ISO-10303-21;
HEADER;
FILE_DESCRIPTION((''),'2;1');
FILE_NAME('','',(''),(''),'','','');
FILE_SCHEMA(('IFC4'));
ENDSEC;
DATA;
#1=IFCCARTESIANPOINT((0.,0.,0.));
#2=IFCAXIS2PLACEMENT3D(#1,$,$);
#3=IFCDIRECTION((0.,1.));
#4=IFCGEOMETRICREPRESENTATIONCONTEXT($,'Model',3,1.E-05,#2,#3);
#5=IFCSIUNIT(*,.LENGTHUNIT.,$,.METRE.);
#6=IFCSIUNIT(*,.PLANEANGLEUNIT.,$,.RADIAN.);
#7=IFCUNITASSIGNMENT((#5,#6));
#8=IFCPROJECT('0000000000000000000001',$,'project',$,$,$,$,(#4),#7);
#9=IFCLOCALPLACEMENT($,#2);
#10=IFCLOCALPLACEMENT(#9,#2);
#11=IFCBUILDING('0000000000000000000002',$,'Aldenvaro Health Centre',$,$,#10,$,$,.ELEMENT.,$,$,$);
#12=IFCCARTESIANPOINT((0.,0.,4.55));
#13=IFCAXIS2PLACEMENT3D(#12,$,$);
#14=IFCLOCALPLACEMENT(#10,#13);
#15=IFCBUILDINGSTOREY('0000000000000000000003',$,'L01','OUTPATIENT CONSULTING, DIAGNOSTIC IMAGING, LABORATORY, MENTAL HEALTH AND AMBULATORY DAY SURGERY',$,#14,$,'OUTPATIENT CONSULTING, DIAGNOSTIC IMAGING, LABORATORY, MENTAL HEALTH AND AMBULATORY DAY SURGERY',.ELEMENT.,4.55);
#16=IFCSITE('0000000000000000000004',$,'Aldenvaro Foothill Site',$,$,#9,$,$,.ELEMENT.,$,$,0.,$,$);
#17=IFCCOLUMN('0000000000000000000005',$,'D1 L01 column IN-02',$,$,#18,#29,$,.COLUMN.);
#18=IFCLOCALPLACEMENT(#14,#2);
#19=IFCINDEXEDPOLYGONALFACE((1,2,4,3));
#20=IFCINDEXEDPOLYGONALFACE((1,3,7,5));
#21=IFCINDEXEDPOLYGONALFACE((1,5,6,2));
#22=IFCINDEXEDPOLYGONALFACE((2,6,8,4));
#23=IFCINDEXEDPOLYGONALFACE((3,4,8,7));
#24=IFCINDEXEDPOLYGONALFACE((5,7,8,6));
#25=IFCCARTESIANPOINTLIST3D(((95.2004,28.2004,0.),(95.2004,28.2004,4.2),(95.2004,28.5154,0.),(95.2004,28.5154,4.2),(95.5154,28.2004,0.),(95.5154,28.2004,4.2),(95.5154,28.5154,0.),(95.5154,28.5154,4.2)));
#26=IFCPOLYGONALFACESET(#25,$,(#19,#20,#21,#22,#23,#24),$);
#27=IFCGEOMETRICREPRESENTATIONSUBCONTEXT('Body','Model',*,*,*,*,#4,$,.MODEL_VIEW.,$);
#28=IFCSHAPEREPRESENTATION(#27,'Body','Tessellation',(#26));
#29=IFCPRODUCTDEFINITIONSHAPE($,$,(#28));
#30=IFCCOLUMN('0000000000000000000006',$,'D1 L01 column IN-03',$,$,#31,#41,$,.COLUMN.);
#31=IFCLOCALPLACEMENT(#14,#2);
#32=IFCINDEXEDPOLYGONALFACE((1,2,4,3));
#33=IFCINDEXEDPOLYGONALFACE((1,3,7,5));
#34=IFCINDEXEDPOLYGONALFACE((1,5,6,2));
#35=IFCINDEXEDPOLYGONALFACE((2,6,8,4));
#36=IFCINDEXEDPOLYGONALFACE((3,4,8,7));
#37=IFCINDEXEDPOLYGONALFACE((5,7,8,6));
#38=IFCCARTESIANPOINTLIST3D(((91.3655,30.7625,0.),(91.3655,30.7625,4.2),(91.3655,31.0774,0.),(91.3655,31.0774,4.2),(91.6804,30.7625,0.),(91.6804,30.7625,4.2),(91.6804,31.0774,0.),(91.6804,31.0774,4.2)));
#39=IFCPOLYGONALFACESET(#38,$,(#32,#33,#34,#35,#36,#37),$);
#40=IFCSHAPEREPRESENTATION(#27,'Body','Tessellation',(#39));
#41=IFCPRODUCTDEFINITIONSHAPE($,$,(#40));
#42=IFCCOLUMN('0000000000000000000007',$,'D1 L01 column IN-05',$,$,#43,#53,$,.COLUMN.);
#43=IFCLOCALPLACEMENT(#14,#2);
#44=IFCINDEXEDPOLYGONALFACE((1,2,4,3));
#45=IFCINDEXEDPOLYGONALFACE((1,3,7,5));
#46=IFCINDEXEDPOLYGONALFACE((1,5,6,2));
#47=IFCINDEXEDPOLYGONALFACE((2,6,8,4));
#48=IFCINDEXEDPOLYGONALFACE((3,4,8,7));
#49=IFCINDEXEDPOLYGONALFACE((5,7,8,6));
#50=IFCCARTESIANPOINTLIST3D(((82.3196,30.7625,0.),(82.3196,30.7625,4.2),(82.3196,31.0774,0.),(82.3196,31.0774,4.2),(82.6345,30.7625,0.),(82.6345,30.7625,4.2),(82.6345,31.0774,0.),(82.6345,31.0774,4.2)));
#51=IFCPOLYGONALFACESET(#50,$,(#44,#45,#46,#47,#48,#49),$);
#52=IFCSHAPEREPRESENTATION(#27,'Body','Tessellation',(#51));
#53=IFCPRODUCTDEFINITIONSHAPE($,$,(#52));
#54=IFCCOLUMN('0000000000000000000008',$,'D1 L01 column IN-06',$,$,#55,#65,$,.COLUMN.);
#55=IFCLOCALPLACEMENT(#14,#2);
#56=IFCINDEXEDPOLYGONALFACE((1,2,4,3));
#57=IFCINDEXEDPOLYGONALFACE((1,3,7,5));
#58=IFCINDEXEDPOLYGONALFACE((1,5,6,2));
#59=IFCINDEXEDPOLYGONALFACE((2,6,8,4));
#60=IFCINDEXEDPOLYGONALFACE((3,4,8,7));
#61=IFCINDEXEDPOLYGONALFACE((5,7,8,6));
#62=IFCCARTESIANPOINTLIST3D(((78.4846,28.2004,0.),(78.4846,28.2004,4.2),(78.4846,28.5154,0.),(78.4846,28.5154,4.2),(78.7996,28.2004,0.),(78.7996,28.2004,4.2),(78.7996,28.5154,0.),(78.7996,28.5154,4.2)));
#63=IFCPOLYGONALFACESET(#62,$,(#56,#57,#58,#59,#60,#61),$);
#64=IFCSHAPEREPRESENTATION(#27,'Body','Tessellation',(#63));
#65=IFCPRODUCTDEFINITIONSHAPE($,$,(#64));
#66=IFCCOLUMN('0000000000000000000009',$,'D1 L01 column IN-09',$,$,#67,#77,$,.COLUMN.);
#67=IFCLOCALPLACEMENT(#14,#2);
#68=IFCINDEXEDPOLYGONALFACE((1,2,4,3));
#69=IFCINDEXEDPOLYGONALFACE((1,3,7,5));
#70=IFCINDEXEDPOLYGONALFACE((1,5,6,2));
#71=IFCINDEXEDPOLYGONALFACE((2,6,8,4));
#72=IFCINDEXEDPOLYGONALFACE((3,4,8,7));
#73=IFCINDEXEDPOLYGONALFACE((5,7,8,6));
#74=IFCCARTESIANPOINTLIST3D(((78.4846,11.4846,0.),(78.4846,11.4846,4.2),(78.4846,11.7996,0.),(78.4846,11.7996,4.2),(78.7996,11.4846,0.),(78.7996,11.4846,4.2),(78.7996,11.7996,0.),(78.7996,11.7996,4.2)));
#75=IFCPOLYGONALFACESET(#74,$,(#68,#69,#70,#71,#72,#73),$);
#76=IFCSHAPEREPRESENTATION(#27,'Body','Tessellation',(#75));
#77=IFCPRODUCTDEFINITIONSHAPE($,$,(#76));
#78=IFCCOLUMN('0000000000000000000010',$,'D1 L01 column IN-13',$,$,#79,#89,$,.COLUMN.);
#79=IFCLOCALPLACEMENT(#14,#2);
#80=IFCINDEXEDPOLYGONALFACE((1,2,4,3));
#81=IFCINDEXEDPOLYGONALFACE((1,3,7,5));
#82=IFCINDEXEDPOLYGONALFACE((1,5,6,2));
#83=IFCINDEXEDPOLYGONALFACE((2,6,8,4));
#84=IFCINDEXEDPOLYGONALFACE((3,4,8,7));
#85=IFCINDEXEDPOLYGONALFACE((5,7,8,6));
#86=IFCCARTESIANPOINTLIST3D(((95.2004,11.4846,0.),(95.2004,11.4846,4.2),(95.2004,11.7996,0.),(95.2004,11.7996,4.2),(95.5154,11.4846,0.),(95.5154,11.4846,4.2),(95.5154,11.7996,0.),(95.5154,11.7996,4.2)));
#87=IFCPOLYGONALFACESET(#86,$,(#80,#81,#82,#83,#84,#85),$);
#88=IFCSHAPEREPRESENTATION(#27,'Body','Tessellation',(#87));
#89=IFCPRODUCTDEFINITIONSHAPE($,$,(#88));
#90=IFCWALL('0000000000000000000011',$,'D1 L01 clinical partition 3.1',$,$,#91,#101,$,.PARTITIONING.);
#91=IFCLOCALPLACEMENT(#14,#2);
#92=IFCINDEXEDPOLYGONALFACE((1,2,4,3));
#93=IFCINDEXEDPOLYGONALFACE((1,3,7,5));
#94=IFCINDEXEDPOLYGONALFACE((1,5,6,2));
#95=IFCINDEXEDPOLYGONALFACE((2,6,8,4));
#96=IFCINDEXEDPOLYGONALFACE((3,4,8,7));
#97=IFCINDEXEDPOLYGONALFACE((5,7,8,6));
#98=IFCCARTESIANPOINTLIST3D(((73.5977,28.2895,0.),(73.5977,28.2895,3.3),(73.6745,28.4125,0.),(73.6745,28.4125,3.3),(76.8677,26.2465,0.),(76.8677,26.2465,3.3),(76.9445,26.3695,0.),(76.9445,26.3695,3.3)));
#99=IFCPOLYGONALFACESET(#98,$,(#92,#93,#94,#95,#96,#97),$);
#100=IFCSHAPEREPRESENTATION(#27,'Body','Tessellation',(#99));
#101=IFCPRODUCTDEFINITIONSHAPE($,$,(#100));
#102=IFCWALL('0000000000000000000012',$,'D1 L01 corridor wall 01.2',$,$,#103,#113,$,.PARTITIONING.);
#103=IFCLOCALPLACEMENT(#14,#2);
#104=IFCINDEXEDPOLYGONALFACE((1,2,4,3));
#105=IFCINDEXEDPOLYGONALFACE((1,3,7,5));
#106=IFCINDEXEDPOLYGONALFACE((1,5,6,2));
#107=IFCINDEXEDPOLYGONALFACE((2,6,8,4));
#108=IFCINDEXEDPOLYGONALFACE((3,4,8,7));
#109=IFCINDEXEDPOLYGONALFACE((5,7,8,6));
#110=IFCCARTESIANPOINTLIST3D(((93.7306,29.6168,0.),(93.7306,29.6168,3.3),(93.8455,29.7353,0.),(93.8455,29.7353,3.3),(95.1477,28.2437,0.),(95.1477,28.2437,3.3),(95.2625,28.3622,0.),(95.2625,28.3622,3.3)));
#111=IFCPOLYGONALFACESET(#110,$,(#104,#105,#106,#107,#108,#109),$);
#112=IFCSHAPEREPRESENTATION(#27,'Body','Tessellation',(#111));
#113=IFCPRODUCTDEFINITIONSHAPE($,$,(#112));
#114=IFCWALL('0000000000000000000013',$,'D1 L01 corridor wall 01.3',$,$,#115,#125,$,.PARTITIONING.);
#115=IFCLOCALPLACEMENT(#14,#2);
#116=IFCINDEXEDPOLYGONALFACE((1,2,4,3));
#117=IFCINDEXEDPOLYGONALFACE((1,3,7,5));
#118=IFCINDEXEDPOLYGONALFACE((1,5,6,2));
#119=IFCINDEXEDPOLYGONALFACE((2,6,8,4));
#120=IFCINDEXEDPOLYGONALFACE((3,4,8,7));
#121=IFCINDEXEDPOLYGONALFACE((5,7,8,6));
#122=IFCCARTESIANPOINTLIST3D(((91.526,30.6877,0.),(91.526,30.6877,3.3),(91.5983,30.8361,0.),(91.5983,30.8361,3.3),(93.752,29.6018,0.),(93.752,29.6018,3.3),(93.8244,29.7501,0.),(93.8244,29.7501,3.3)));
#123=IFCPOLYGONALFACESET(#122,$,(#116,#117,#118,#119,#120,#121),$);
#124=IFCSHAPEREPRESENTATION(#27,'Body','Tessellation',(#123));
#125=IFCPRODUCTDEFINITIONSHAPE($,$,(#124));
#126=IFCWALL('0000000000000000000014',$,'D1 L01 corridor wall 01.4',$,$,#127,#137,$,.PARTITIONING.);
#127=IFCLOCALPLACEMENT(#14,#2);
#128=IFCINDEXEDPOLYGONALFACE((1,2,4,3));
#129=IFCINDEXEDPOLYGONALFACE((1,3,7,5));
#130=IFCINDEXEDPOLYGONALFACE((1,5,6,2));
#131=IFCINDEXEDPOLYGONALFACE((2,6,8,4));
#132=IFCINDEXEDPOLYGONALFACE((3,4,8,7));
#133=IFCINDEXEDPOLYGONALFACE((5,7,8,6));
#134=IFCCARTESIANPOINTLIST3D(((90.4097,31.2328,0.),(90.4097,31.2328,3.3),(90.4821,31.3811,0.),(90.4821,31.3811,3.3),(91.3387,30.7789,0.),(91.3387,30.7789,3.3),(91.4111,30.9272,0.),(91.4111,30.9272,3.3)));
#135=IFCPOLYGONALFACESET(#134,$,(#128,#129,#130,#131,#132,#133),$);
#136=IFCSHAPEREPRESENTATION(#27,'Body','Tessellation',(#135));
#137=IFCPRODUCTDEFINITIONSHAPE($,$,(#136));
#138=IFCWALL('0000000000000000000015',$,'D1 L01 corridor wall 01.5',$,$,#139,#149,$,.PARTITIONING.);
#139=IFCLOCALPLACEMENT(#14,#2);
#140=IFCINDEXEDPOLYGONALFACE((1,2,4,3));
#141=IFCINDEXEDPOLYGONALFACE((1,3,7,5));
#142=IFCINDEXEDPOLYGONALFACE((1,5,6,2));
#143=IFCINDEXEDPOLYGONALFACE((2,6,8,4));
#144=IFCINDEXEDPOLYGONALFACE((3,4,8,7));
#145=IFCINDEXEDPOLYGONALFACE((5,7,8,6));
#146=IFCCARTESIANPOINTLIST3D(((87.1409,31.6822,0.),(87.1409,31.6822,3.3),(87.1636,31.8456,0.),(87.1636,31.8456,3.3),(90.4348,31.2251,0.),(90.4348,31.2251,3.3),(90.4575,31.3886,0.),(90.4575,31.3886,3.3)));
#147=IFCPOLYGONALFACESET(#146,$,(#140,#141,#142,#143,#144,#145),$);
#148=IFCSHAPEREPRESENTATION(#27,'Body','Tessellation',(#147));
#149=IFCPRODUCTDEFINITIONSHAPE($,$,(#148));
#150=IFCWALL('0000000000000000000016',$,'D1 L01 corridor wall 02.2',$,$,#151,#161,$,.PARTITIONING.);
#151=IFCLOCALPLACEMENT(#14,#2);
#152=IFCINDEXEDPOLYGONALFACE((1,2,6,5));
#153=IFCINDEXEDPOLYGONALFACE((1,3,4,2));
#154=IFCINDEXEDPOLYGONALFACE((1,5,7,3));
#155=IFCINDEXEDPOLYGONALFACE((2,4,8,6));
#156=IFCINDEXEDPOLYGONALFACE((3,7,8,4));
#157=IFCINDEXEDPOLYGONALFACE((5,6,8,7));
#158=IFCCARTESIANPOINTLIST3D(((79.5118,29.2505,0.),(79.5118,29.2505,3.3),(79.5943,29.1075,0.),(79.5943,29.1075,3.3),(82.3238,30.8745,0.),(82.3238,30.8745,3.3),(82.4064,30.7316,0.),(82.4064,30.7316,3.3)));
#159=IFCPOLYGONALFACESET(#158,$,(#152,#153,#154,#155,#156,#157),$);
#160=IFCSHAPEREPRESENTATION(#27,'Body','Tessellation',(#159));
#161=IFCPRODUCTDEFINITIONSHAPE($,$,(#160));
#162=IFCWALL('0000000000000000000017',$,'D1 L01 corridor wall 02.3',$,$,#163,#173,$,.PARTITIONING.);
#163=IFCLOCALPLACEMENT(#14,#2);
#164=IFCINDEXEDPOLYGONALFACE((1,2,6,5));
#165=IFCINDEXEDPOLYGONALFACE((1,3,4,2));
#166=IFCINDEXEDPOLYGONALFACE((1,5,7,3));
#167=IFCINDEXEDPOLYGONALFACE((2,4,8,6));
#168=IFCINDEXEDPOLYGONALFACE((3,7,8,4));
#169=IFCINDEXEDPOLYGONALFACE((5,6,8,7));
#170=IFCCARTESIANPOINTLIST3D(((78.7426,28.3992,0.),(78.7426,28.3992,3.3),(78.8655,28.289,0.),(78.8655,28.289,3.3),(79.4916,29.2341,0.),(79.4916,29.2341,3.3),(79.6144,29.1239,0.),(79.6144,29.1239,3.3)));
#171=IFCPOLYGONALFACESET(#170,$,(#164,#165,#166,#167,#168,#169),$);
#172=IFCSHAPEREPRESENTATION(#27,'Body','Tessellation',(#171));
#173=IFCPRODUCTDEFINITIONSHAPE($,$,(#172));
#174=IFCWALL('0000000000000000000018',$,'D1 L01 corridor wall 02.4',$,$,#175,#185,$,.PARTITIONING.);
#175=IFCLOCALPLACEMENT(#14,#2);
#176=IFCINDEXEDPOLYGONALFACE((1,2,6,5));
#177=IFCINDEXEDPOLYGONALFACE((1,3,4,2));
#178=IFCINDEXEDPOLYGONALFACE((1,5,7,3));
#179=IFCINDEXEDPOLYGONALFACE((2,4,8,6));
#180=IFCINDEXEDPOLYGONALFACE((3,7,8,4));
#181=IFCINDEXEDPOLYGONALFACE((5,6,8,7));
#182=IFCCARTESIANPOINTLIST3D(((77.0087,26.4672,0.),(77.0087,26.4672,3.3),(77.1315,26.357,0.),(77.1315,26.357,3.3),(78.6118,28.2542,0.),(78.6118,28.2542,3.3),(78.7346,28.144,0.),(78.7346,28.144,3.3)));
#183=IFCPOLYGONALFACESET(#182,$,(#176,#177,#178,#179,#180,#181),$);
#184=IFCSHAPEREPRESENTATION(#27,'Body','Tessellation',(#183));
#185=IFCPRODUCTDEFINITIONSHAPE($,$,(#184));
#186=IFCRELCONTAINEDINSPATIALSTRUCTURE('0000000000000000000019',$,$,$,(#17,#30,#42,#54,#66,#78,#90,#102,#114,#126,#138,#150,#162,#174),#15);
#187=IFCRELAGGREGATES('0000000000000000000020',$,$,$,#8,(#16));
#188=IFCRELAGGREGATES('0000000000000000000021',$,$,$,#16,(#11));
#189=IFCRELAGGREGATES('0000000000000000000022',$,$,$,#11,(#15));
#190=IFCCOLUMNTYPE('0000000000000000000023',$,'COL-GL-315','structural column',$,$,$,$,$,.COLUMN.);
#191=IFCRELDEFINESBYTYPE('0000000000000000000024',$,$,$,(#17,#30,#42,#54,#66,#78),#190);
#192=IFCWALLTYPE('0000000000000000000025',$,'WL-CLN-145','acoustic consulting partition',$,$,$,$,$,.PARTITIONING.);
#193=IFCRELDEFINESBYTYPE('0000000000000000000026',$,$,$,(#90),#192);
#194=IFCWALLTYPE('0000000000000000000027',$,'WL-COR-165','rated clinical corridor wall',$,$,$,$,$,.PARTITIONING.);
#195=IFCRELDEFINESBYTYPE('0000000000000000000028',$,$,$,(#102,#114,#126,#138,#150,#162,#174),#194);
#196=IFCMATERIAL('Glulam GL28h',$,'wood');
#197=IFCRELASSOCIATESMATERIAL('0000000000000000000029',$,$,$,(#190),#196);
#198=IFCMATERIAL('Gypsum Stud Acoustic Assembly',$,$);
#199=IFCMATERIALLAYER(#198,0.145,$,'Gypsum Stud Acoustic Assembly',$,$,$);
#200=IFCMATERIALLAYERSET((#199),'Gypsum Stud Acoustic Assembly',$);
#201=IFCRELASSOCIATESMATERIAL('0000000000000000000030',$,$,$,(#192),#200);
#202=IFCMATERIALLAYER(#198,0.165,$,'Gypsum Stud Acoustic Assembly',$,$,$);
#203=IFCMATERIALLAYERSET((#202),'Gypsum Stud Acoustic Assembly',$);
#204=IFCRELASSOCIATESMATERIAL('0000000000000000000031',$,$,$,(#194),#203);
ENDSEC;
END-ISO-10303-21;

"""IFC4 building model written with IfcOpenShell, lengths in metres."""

from ifc_helpers import new_model, si_unit, direction, frame, frame_2d, origin, origin_2d, place, context, subcontext, project, spatial, rectangle, extrude, material, layer, layer_set, material_profile, profile_set, type_object, element, save


model = new_model("IFC4")

# Units and contexts
model_context = context("Model", 3, precision=1e-05, world=origin(), true_north=direction((0.0, 1.0)))
body_context = subcontext(model_context, "Body", "Model", "MODEL_VIEW")
ifc_project = project(units=[si_unit("LENGTHUNIT", "METRE"), si_unit("PLANEANGLEUNIT", "RADIAN")], contexts=[model_context])

# Site, building, storey
site_placement = place(None, origin())
site = spatial("IfcSite", under=ifc_project, at=site_placement, Name="Aldenvaro Foothill Site", CompositionType="ELEMENT", RefElevation=0.0)
building_placement = place(site_placement, origin())
building = spatial("IfcBuilding", under=site, at=building_placement, Name="Aldenvaro Health Centre", CompositionType="ELEMENT")
storey_placement = place(building_placement, frame((0.0, 0.0, 4.55)))
storey = spatial("IfcBuildingStorey", under=building, at=storey_placement, Name="L01", Description="OUTPATIENT CONSULTING, DIAGNOSTIC IMAGING, LABORATORY, MENTAL HEALTH AND AMBULATORY DAY SURGERY", LongName="OUTPATIENT CONSULTING, DIAGNOSTIC IMAGING, LABORATORY, MENTAL HEALTH AND AMBULATORY DAY SURGERY", CompositionType="ELEMENT", Elevation=4.55)

# Columns
ifc_material_1 = material(Name="Glulam GL28h", Category="wood")
ifc_material_profile = material_profile(ifc_material_1, rectangle(XDim=0.3149, YDim=0.3149, at=origin_2d()), Name="GL 315x315", Category="wood")
ifc_profile_set = profile_set([ifc_material_profile], Name="Glulam GL28h")
column_type = type_object("IfcColumnType", Name="COL-GL-315", Description="structural column", PredefinedType="COLUMN", material=ifc_profile_set)
for number, where, z_axis, x_axis, name in (
    (1, (95.3579, 28.3579, 0.0), (0.0, 0.0, 1.0), (1.0, 0.0, 0.0), "D1 L01 column IN-02"),
    (2, (91.5229, 30.9199, 0.0), (0.0, 0.0, 1.0), (1.0, 0.0, 0.0), "D1 L01 column IN-03"),
    (3, (82.4771, 30.9199, 0.0), (0.0, 0.0, 1.0), (1.0, 0.0, 0.0), "D1 L01 column IN-05"),
    (4, (78.6421, 28.3579, 0.0), (0.0, 0.0, 1.0), (1.0, 0.0, 0.0), "D1 L01 column IN-06"),
    (5, (78.6421, 11.6421, 0.0), (0.0, 0.0, 1.0), (1.0, 0.0, 0.0), "D1 L01 column IN-09"),
    (6, (95.3579, 11.6421, 0.0), (0.0, 0.0, 1.0), (1.0, 0.0, 0.0), "D1 L01 column IN-13"),
):
    element("IfcColumn", number, at=place(storey_placement, frame(where, z_axis=z_axis, x_axis=x_axis)), inside=storey, type_object=column_type, Name=name, PredefinedType="COLUMN", context=body_context, shape_type="SweptSolid", body=[
        extrude(rectangle(XDim=0.3149, YDim=0.3149, at=origin_2d()), origin(), (0.0, 0.0, 1.0), 4.2),
    ])

# Walls
ifc_material_2 = material(Name="Gypsum Stud Acoustic Assembly")
ifc_layer_1 = layer(ifc_material_2, 0.145, Name="Gypsum Stud Acoustic Assembly")
ifc_layer_set_1 = layer_set([ifc_layer_1], Name="Gypsum Stud Acoustic Assembly")
wall_type_1 = type_object("IfcWallType", Name="WL-CLN-145", Description="acoustic consulting partition", PredefinedType="PARTITIONING", material=ifc_layer_set_1)
wall_1_placement = place(storey_placement, frame((76.906, 26.3081, 0.0), z_axis=(0.0, 0.0, 1.0), x_axis=(-0.848091, 0.529851, 0.0)))
element("IfcWall", 7, at=wall_1_placement, inside=storey, type_object=wall_type_1, Name="D1 L01 clinical partition 3.1", PredefinedType="PARTITIONING", context=body_context, shape_type="SweptSolid", body=[
    extrude(rectangle(XDim=3.8557, YDim=0.145, at=frame_2d((1.9277, 0.0))), origin(), (0.0, 0.0, 1.0), 3.3),
])
ifc_layer_2 = layer(ifc_material_2, 0.165, Name="Gypsum Stud Acoustic Assembly")
ifc_layer_set_2 = layer_set([ifc_layer_2], Name="Gypsum Stud Acoustic Assembly")
wall_type_2 = type_object("IfcWallType", Name="WL-COR-165", Description="rated clinical corridor wall", PredefinedType="PARTITIONING", material=ifc_layer_set_2)
wall_2_placement = place(storey_placement, frame((95.2051, 28.303, 0.0), z_axis=(0.0, 0.0, 1.0), x_axis=(-0.718155, 0.695883, 0.0)))
element("IfcWall", 8, at=wall_2_placement, inside=storey, type_object=wall_type_2, Name="D1 L01 corridor wall 01.2", PredefinedType="PARTITIONING", context=body_context, shape_type="SweptSolid", body=[
    extrude(rectangle(XDim=1.9731, YDim=0.165, at=frame_2d((0.9866, 0.0))), origin(), (0.0, 0.0, 1.0), 3.3),
])
wall_3_placement = place(storey_placement, frame((93.7881, 29.676, 0.0), z_axis=(0.0, 0.0, 1.0), x_axis=(-0.898761, 0.438439, 0.0)))
element("IfcWall", 9, at=wall_3_placement, inside=storey, type_object=wall_type_2, Name="D1 L01 corridor wall 01.3", PredefinedType="PARTITIONING", context=body_context, shape_type="SweptSolid", body=[
    extrude(rectangle(XDim=2.4768, YDim=0.165, at=frame_2d((1.2383, 0.0))), origin(), (0.0, 0.0, 1.0), 3.3),
])
wall_4_placement = place(storey_placement, frame((91.375, 30.853, 0.0), z_axis=(0.0, 0.0, 1.0), x_axis=(-0.898498, 0.438977, 0.0)))
element("IfcWall", 10, at=wall_4_placement, inside=storey, type_object=wall_type_2, Name="D1 L01 corridor wall 01.4", PredefinedType="PARTITIONING", context=body_context, shape_type="SweptSolid", body=[
    extrude(rectangle(XDim=1.0339, YDim=0.165, at=frame_2d((0.5171, 0.0))), origin(), (0.0, 0.0, 1.0), 3.3),
])
wall_5_placement = place(storey_placement, frame((90.446, 31.3069, 0.0), z_axis=(0.0, 0.0, 1.0), x_axis=(-0.990511, 0.137432, 0.0)))
element("IfcWall", 11, at=wall_5_placement, inside=storey, type_object=wall_type_2, Name="D1 L01 corridor wall 01.5", PredefinedType="PARTITIONING", context=body_context, shape_type="SweptSolid", body=[
    extrude(rectangle(XDim=3.3254, YDim=0.165, at=frame_2d((1.6626, 0.0))), origin(), (0.0, 0.0, 1.0), 3.3),
])
wall_6_placement = place(storey_placement, frame((82.365, 30.803, 0.0), z_axis=(0.0, 0.0, 1.0), x_axis=(-0.865958, -0.500117, 0.0)))
element("IfcWall", 12, at=wall_6_placement, inside=storey, type_object=wall_type_2, Name="D1 L01 corridor wall 02.2", PredefinedType="PARTITIONING", context=body_context, shape_type="SweptSolid", body=[
    extrude(rectangle(XDim=3.2473, YDim=0.165, at=frame_2d((1.6235, 0.0))), origin(), (0.0, 0.0, 1.0), 3.3),
])
wall_7_placement = place(storey_placement, frame((79.553, 29.179, 0.0), z_axis=(0.0, 0.0, 1.0), x_axis=(-0.667761, -0.744375, 0.0)))
element("IfcWall", 13, at=wall_7_placement, inside=storey, type_object=wall_type_2, Name="D1 L01 corridor wall 02.3", PredefinedType="PARTITIONING", context=body_context, shape_type="SweptSolid", body=[
    extrude(rectangle(XDim=1.1216, YDim=0.165, at=frame_2d((0.5608, 0.0))), origin(), (0.0, 0.0, 1.0), 3.3),
])
wall_8_placement = place(storey_placement, frame((78.6731, 28.199, 0.0), z_axis=(0.0, 0.0, 1.0), x_axis=(-0.667778, -0.74436, 0.0)))
element("IfcWall", 14, at=wall_8_placement, inside=storey, type_object=wall_type_2, Name="D1 L01 corridor wall 02.4", PredefinedType="PARTITIONING", context=body_context, shape_type="SweptSolid", body=[
    extrude(rectangle(XDim=2.4006, YDim=0.165, at=frame_2d((1.2002, 0.0))), origin(), (0.0, 0.0, 1.0), 3.3),
])

save(model, "model.ifc")
